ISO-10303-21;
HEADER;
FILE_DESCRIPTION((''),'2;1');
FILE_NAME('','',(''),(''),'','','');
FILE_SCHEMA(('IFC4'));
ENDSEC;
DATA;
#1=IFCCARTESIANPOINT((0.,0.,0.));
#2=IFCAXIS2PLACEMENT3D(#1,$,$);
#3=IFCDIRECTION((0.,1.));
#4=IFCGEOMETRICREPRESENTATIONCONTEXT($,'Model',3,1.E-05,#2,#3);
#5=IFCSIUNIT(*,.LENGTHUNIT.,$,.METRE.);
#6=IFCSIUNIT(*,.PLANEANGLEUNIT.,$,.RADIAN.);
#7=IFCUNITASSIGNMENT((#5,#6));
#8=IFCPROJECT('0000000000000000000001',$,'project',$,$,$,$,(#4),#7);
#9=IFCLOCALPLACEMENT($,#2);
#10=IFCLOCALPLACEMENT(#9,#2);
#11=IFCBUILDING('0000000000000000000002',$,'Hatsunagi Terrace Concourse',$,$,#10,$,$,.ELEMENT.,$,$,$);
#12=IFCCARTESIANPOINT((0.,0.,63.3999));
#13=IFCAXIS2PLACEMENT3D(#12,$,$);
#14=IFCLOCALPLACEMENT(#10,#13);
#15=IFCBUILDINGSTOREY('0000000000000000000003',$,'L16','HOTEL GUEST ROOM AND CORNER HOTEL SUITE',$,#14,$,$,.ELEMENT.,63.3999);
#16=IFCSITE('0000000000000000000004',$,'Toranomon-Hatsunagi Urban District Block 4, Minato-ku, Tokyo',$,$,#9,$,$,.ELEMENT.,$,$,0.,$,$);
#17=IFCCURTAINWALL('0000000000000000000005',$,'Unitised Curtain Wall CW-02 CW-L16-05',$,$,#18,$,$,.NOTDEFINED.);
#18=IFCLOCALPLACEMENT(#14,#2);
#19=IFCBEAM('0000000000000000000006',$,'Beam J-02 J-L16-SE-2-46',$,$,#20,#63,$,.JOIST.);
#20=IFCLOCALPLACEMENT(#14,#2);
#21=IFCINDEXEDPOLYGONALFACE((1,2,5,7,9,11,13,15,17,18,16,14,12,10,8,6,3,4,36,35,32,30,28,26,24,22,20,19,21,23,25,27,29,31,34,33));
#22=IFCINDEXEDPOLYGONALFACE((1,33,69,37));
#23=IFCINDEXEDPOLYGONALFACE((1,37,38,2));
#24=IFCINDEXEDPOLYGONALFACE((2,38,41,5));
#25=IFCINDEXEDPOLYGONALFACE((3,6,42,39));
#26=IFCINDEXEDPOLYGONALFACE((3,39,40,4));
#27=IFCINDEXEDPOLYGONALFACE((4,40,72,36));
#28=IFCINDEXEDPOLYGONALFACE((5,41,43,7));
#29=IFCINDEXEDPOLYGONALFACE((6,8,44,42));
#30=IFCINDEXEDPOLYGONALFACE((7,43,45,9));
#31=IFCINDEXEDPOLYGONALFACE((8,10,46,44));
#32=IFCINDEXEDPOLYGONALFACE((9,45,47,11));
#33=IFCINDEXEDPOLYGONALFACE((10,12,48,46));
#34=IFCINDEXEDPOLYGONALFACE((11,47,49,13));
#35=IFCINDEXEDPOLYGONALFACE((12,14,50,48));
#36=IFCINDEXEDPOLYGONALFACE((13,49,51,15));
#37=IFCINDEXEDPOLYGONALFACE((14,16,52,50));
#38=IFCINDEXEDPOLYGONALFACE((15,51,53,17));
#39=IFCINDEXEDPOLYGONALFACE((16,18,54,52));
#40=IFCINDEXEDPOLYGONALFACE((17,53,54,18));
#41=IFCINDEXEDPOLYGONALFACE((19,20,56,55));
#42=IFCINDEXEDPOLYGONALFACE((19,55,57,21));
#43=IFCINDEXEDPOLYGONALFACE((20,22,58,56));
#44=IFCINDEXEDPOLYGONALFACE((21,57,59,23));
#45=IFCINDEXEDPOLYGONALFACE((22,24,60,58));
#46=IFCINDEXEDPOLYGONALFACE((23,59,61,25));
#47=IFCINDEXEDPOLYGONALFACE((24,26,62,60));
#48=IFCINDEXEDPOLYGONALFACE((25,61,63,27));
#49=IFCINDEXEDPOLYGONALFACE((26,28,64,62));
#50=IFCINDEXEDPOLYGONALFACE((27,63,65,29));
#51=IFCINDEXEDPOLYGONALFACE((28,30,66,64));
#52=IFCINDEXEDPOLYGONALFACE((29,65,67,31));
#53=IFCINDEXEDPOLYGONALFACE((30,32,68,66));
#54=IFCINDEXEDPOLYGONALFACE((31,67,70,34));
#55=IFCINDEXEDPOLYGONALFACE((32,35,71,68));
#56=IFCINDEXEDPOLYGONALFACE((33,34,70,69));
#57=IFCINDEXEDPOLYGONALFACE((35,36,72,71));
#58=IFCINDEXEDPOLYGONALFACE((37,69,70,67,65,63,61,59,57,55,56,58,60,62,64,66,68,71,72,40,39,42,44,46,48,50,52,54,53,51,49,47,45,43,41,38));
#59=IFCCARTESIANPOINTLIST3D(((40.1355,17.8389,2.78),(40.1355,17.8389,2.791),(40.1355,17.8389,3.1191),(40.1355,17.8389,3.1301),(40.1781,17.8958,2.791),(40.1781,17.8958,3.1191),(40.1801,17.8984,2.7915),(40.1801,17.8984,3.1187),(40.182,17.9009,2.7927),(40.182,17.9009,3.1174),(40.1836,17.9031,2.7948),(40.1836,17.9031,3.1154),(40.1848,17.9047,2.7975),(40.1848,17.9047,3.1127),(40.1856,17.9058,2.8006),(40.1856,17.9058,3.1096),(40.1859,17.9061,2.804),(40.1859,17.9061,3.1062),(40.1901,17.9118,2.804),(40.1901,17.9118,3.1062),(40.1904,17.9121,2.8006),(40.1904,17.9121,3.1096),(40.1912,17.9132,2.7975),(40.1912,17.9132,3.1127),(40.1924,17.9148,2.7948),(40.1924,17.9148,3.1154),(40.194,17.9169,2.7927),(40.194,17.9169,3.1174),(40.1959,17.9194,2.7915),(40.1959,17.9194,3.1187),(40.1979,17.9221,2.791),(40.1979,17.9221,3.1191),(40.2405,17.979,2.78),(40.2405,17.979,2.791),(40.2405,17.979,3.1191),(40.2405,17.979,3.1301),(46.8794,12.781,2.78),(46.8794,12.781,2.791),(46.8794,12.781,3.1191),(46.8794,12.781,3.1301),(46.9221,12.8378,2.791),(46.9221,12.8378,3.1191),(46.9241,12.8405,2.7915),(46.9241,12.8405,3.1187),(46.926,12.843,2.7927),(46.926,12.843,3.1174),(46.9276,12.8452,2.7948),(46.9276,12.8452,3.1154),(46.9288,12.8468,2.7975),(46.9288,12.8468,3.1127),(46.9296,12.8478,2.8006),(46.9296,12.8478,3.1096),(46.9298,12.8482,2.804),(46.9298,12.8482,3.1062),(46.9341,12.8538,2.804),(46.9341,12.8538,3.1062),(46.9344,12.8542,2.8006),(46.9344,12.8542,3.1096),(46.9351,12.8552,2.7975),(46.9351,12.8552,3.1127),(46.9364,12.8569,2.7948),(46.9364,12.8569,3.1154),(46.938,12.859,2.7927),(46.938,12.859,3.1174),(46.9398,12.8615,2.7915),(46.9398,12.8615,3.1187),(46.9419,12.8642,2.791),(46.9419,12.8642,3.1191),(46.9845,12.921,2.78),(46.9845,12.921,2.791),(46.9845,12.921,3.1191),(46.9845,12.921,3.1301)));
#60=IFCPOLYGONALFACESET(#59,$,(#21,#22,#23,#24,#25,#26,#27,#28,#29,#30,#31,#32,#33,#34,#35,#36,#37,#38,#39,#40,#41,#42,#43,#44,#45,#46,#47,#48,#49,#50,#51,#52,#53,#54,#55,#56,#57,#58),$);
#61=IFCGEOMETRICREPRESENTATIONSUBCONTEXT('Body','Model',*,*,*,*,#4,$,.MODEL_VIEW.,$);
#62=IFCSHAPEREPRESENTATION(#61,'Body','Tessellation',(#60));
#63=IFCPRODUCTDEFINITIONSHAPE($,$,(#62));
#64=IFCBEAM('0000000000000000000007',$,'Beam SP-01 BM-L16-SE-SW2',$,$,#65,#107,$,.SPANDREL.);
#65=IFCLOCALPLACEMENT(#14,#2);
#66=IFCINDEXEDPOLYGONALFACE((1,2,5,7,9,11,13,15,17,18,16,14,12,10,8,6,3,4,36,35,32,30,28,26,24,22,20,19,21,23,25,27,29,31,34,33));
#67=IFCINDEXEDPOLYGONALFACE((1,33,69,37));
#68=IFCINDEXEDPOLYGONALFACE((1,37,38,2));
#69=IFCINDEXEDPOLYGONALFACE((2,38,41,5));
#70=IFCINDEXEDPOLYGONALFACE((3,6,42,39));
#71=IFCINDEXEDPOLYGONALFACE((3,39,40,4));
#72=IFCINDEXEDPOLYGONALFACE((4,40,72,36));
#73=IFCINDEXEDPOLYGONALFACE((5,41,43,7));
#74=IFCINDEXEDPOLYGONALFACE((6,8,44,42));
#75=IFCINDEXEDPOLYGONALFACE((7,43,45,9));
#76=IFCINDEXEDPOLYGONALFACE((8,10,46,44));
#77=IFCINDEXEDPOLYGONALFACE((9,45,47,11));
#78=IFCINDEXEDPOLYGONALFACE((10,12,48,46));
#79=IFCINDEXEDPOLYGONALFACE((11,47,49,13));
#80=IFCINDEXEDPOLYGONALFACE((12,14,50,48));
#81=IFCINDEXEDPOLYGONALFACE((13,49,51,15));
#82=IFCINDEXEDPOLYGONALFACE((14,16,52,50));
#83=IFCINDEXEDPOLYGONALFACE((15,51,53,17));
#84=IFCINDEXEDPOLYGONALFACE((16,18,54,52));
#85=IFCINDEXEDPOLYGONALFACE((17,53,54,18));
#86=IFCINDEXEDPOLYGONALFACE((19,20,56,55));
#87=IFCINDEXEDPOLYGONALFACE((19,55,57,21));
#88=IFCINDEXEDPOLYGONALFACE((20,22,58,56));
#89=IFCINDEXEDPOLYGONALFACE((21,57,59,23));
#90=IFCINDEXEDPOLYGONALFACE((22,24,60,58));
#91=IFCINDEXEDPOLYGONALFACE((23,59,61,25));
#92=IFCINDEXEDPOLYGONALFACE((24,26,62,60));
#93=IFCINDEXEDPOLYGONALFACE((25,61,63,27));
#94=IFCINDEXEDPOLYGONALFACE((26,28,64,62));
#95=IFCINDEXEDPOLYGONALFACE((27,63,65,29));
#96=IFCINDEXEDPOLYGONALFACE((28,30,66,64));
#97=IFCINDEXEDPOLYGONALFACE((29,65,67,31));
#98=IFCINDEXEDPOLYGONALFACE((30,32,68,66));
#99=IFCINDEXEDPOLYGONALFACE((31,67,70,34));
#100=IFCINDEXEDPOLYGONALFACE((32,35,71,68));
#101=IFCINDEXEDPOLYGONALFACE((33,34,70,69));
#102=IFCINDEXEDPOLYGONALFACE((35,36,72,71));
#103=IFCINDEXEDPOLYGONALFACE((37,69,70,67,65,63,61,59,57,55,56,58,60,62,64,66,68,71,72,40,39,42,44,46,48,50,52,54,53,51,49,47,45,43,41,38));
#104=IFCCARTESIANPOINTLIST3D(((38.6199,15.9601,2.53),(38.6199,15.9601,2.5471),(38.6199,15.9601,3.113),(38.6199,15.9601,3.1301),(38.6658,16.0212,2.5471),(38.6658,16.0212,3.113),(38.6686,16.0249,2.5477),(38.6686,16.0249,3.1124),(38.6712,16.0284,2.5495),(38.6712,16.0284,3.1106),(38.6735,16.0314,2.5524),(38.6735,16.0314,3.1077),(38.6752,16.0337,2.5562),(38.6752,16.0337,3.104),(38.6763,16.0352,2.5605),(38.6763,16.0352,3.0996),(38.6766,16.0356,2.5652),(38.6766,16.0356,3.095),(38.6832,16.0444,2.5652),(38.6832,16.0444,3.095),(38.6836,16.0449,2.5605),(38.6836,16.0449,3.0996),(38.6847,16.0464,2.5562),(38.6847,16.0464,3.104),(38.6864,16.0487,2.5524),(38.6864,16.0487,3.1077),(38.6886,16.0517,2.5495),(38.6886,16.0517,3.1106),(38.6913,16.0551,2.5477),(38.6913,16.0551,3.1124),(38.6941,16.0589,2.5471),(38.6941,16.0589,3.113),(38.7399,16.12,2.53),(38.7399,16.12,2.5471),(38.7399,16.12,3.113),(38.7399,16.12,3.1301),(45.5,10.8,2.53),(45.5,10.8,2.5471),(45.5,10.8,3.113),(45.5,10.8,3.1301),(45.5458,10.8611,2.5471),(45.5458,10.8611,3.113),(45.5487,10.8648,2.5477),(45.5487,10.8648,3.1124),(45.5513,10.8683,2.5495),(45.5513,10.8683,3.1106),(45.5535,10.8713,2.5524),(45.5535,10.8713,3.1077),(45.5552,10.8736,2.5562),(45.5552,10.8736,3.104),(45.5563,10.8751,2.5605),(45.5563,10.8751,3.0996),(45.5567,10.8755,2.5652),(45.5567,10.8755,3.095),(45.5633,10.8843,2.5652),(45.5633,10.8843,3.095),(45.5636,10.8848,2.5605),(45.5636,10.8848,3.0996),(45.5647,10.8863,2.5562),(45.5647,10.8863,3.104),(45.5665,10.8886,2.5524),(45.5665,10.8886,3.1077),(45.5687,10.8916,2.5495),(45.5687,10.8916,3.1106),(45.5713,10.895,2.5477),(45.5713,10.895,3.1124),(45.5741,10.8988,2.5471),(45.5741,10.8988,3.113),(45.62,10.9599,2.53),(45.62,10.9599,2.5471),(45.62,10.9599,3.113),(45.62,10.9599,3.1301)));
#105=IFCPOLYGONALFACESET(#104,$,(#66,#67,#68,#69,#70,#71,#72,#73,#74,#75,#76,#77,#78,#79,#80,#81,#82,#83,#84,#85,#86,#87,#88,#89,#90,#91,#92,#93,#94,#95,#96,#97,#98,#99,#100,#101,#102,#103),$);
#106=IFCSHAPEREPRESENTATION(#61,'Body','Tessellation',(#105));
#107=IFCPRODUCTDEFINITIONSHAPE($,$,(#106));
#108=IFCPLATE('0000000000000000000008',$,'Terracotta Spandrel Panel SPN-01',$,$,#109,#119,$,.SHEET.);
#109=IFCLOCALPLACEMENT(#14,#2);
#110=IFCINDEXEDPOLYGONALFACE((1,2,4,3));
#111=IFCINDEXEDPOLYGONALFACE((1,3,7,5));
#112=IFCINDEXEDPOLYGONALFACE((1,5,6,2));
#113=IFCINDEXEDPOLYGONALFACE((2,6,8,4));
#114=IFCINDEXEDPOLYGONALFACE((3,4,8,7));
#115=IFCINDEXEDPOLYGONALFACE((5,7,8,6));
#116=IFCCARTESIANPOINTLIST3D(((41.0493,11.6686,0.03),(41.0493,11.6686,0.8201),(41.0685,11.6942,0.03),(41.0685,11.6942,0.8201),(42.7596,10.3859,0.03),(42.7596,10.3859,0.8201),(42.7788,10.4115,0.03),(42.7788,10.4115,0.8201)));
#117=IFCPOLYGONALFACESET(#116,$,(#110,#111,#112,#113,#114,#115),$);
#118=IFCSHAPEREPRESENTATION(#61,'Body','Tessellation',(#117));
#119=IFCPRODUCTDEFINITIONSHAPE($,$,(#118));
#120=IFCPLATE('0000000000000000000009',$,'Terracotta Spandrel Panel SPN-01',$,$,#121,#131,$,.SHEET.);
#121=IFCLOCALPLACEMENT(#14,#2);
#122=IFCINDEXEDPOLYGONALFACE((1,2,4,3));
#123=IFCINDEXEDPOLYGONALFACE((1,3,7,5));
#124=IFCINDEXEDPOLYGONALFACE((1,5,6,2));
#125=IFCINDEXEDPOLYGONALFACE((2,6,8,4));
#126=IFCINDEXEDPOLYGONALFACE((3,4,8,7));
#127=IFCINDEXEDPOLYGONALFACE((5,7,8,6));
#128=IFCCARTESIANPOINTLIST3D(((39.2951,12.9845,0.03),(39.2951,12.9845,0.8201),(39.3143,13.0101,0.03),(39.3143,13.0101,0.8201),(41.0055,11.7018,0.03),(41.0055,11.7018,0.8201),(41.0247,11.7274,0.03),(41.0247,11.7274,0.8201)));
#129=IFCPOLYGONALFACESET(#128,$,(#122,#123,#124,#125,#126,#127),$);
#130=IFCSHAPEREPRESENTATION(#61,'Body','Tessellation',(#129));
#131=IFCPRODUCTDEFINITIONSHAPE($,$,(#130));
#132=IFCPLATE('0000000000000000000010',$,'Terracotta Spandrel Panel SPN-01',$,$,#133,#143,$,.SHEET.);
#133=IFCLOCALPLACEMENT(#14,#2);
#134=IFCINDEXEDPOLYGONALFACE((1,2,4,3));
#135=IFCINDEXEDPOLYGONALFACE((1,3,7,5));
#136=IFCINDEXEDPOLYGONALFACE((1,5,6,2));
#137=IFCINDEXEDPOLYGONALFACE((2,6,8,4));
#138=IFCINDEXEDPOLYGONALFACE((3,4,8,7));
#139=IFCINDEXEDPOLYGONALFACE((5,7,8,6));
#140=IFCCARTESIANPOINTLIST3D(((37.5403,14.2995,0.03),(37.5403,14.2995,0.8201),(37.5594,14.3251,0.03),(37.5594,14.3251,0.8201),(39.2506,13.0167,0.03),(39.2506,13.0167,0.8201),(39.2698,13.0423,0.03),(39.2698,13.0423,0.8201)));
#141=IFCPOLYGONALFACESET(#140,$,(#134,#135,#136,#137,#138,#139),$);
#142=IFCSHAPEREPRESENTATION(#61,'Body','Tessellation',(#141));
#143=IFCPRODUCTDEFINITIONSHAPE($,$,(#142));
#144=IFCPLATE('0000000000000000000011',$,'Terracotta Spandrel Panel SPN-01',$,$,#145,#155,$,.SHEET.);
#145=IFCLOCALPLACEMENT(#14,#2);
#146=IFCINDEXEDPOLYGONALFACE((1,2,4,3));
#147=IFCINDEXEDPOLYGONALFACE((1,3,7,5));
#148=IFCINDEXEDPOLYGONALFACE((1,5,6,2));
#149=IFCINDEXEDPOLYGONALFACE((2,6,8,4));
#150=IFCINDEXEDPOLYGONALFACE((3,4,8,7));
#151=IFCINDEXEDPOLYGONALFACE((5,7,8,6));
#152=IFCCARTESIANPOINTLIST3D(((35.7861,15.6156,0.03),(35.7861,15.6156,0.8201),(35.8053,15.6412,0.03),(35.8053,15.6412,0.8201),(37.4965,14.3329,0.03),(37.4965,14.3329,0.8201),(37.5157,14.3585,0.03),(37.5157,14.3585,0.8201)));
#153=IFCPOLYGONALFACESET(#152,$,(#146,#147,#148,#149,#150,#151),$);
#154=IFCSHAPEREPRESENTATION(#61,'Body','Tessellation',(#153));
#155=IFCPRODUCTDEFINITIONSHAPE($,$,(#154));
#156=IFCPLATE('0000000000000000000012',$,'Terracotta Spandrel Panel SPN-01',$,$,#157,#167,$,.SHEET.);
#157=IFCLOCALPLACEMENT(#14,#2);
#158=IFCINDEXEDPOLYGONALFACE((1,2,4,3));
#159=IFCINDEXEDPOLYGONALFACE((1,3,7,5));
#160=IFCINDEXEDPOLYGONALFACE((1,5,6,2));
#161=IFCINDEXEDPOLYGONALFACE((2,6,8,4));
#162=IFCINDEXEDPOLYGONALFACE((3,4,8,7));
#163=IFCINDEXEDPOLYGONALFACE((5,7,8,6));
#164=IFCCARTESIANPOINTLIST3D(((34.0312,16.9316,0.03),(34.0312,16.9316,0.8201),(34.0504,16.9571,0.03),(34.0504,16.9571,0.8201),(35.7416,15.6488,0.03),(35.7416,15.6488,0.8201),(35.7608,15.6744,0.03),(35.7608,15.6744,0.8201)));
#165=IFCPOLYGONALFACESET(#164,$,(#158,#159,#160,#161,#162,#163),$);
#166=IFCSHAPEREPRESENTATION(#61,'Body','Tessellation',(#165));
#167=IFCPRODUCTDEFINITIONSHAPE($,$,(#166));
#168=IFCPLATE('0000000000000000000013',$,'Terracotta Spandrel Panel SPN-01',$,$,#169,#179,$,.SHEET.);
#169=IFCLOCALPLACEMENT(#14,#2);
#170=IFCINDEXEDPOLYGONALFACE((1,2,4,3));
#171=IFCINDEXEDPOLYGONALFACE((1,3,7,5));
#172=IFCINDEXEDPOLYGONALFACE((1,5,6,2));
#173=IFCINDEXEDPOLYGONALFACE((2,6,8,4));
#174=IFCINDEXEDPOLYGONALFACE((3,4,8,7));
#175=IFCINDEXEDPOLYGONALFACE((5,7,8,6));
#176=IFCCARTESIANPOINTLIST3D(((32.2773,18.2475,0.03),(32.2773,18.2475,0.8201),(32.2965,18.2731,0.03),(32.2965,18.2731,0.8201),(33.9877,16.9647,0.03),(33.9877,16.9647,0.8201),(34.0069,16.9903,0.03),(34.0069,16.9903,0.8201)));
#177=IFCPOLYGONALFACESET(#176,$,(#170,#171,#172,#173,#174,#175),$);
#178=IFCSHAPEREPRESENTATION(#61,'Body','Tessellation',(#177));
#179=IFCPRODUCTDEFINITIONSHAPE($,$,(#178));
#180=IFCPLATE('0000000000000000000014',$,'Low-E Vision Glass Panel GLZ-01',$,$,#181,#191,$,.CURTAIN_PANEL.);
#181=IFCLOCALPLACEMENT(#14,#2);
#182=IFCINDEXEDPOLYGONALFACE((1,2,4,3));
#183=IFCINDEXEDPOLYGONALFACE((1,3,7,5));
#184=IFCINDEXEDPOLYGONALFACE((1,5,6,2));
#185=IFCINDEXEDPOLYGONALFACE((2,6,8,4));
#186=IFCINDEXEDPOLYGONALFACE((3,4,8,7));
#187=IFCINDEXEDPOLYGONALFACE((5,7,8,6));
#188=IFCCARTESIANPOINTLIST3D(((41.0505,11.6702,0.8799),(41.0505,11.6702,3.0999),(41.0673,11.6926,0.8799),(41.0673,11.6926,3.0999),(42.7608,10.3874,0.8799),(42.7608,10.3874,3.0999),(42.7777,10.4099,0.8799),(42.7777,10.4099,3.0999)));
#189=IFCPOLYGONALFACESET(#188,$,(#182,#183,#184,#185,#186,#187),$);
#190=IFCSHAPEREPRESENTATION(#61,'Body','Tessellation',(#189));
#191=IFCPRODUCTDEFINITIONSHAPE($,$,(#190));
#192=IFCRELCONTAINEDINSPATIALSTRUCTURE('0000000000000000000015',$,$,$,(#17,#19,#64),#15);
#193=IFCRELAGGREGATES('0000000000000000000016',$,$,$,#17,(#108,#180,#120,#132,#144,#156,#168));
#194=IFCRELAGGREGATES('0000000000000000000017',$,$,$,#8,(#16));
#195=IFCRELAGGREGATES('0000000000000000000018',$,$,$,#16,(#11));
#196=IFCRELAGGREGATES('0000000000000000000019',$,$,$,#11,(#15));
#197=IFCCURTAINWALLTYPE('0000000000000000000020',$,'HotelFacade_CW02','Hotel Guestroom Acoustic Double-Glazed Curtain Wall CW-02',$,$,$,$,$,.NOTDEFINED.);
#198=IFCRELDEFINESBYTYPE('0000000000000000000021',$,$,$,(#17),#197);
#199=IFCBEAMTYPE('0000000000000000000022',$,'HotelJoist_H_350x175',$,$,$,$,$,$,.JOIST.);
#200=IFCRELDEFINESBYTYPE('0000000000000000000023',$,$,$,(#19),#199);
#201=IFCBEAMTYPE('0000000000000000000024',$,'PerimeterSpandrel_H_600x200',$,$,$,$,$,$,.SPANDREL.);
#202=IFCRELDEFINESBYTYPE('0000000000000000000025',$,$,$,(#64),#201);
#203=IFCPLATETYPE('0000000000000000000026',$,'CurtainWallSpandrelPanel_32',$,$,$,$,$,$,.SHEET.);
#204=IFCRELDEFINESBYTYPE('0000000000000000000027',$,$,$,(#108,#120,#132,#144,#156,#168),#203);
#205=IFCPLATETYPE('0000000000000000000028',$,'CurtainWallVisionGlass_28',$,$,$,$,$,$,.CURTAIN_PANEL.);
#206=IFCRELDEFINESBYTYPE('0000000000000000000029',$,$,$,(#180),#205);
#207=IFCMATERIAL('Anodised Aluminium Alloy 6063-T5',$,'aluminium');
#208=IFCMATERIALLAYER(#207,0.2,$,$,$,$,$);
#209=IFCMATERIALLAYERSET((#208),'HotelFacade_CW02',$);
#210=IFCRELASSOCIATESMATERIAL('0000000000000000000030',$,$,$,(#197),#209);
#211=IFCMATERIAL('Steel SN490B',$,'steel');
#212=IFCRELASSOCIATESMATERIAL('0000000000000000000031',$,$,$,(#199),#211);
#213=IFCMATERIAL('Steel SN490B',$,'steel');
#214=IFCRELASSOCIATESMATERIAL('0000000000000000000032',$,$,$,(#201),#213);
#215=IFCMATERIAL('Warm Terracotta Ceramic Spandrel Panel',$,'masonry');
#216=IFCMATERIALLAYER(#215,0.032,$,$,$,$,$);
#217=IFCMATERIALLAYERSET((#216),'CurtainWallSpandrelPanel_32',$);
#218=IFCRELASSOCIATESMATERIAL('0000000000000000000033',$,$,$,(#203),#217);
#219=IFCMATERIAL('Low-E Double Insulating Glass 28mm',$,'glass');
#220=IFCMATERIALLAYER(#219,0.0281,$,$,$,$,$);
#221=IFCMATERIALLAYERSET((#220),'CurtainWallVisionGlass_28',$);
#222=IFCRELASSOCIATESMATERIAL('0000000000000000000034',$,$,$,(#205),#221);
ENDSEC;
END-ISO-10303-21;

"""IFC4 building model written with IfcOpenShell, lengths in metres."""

from ifc_helpers import new_model, si_unit, direction, frame, origin, origin_2d, place, context, subcontext, project, spatial, rectangle, i_section, extrude, material, layer, layer_set, material_profile, profile_set, type_object, element, aggregate, save


model = new_model("IFC4")

# Units and contexts
model_context = context("Model", 3, precision=1e-05, world=origin(), true_north=direction((0.0, 1.0)))
body_context = subcontext(model_context, "Body", "Model", "MODEL_VIEW")
ifc_project = project(units=[si_unit("LENGTHUNIT", "METRE"), si_unit("PLANEANGLEUNIT", "RADIAN")], contexts=[model_context])

# Site, building, storey
site_placement = place(None, origin())
site = spatial("IfcSite", under=ifc_project, at=site_placement, Name="Toranomon-Hatsunagi Urban District Block 4, Minato-ku, Tokyo", CompositionType="ELEMENT", RefElevation=0.0)
building_placement = place(site_placement, origin())
building = spatial("IfcBuilding", under=site, at=building_placement, Name="Hatsunagi Terrace Concourse", CompositionType="ELEMENT")
storey_placement = place(building_placement, frame((0.0, 0.0, 63.3999)))
storey = spatial("IfcBuildingStorey", under=building, at=storey_placement, Name="L16", Description="HOTEL GUEST ROOM AND CORNER HOTEL SUITE", CompositionType="ELEMENT", Elevation=63.3999)

# Curtain wall
ifc_material_1 = material(Name="Anodised Aluminium Alloy 6063-T5", Category="aluminium")
ifc_layer_1 = layer(ifc_material_1, 0.2)
ifc_layer_set_1 = layer_set([ifc_layer_1], Name="HotelFacade_CW02")
curtain_wall_type = type_object("IfcCurtainWallType", Name="HotelFacade_CW02", Description="Hotel Guestroom Acoustic Double-Glazed Curtain Wall CW-02", PredefinedType="NOTDEFINED", material=ifc_layer_set_1)
curtain_wall_placement = place(storey_placement, origin())
curtain_wall = element("IfcCurtainWall", 1, at=curtain_wall_placement, inside=storey, type_object=curtain_wall_type, Name="Unitised Curtain Wall CW-02 CW-L16-05", PredefinedType="NOTDEFINED")

# Beams
ifc_material_2 = material(Name="Steel SN490B", Category="steel")
ifc_material_profile_1 = material_profile(ifc_material_2, i_section(OverallWidth=0.175, OverallDepth=0.3501, WebThickness=0.0071, FlangeThickness=0.011, FilletRadius=0.0129, at=origin_2d()), Name="H-350x175x7x11")
ifc_profile_set_1 = profile_set([ifc_material_profile_1], Name="Steel SN490B")
beam_type_1 = type_object("IfcBeamType", Name="HotelJoist_H_350x175", PredefinedType="JOIST", material=ifc_profile_set_1)
beam_1_placement = place(storey_placement, frame((40.188, 17.9089, 2.9551), z_axis=(0.800003, -0.599995, 0.0), x_axis=(0.599995, 0.800003, 0.0)))
element("IfcBeam", 2, at=beam_1_placement, inside=storey, type_object=beam_type_1, Name="Beam J-02 J-L16-SE-2-46", PredefinedType="JOIST", context=body_context, shape_type="SweptSolid", body=[
    extrude(i_section(OverallWidth=0.175, OverallDepth=0.3501, WebThickness=0.0071, FlangeThickness=0.011, FilletRadius=0.0129, at=origin_2d()), origin(), (0.0, 0.0, 1.0), 8.4299),
])
ifc_material_3 = material(Name="Steel SN490B", Category="steel")
ifc_material_profile_2 = material_profile(ifc_material_3, i_section(OverallWidth=0.2, OverallDepth=0.6001, WebThickness=0.011, FlangeThickness=0.0171, FilletRadius=0.0181, at=origin_2d()), Name="H-600x200x11x17")
ifc_profile_set_2 = profile_set([ifc_material_profile_2], Name="Steel SN490B")
beam_type_2 = type_object("IfcBeamType", Name="PerimeterSpandrel_H_600x200", PredefinedType="SPANDREL", material=ifc_profile_set_2)
beam_2_placement = place(storey_placement, frame((38.6799, 16.04, 2.8301), z_axis=(0.799997, -0.600005, 0.0), x_axis=(0.600005, 0.799997, 0.0)))
element("IfcBeam", 3, at=beam_2_placement, inside=storey, type_object=beam_type_2, Name="Beam SP-01 BM-L16-SE-SW2", PredefinedType="SPANDREL", context=body_context, shape_type="SweptSolid", body=[
    extrude(i_section(OverallWidth=0.2, OverallDepth=0.6001, WebThickness=0.011, FlangeThickness=0.0171, FilletRadius=0.0181, at=origin_2d()), origin(), (0.0, 0.0, 1.0), 8.6001),
])

# Plates
ifc_material_4 = material(Name="Warm Terracotta Ceramic Spandrel Panel", Category="masonry")
ifc_layer_2 = layer(ifc_material_4, 0.032)
ifc_layer_set_2 = layer_set([ifc_layer_2], Name="CurtainWallSpandrelPanel_32")
plate_type_1 = type_object("IfcPlateType", Name="CurtainWallSpandrelPanel_32", PredefinedType="SHEET", material=ifc_layer_set_2)
plate_1_placement = place(storey_placement, frame((41.9141, 11.04, 0.03), z_axis=(0.0, 0.0, 1.0), x_axis=(-0.800003, 0.599996, 0.0)))
plate_1 = element("IfcPlate", 4, at=plate_1_placement, type_object=plate_type_1, Name="Terracotta Spandrel Panel SPN-01", PredefinedType="SHEET", context=body_context, shape_type="SweptSolid", body=[
    extrude(rectangle(XDim=2.1379, YDim=0.032, at=origin_2d()), origin(), (0.0, 0.0, 1.0), 0.79),
])
plate_2_placement = place(storey_placement, frame((40.1599, 12.356, 0.03), z_axis=(0.0, 0.0, 1.0), x_axis=(-0.800003, 0.599996, 0.0)))
plate_2 = element("IfcPlate", 5, at=plate_2_placement, type_object=plate_type_1, Name="Terracotta Spandrel Panel SPN-01", PredefinedType="SHEET", context=body_context, shape_type="SweptSolid", body=[
    extrude(rectangle(XDim=2.1379, YDim=0.032, at=origin_2d()), origin(), (0.0, 0.0, 1.0), 0.79),
])
plate_3_placement = place(storey_placement, frame((38.405, 13.6709, 0.03), z_axis=(0.0, 0.0, 1.0), x_axis=(-0.800003, 0.599996, 0.0)))
plate_3 = element("IfcPlate", 6, at=plate_3_placement, type_object=plate_type_1, Name="Terracotta Spandrel Panel SPN-01", PredefinedType="SHEET", context=body_context, shape_type="SweptSolid", body=[
    extrude(rectangle(XDim=2.1379, YDim=0.032, at=origin_2d()), origin(), (0.0, 0.0, 1.0), 0.79),
])
plate_4_placement = place(storey_placement, frame((36.6509, 14.9871, 0.03), z_axis=(0.0, 0.0, 1.0), x_axis=(-0.800003, 0.599996, 0.0)))
plate_4 = element("IfcPlate", 7, at=plate_4_placement, type_object=plate_type_1, Name="Terracotta Spandrel Panel SPN-01", PredefinedType="SHEET", context=body_context, shape_type="SweptSolid", body=[
    extrude(rectangle(XDim=2.1379, YDim=0.032, at=origin_2d()), origin(), (0.0, 0.0, 1.0), 0.79),
])
plate_5_placement = place(storey_placement, frame((34.896, 16.303, 0.03), z_axis=(0.0, 0.0, 1.0), x_axis=(-0.800003, 0.599996, 0.0)))
plate_5 = element("IfcPlate", 8, at=plate_5_placement, type_object=plate_type_1, Name="Terracotta Spandrel Panel SPN-01", PredefinedType="SHEET", context=body_context, shape_type="SweptSolid", body=[
    extrude(rectangle(XDim=2.1379, YDim=0.032, at=origin_2d()), origin(), (0.0, 0.0, 1.0), 0.79),
])
plate_6_placement = place(storey_placement, frame((33.1421, 17.6189, 0.03), z_axis=(0.0, 0.0, 1.0), x_axis=(-0.800003, 0.599996, 0.0)))
plate_6 = element("IfcPlate", 9, at=plate_6_placement, type_object=plate_type_1, Name="Terracotta Spandrel Panel SPN-01", PredefinedType="SHEET", context=body_context, shape_type="SweptSolid", body=[
    extrude(rectangle(XDim=2.1379, YDim=0.032, at=origin_2d()), origin(), (0.0, 0.0, 1.0), 0.79),
])
ifc_material_5 = material(Name="Low-E Double Insulating Glass 28mm", Category="glass")
ifc_layer_3 = layer(ifc_material_5, 0.0281)
ifc_layer_set_3 = layer_set([ifc_layer_3], Name="CurtainWallVisionGlass_28")
plate_type_2 = type_object("IfcPlateType", Name="CurtainWallVisionGlass_28", PredefinedType="CURTAIN_PANEL", material=ifc_layer_set_3)
plate_7_placement = place(storey_placement, frame((41.9141, 11.04, 0.8799), z_axis=(0.0, 0.0, 1.0), x_axis=(-0.800003, 0.599996, 0.0)))
plate_7 = element("IfcPlate", 10, at=plate_7_placement, type_object=plate_type_2, Name="Low-E Vision Glass Panel GLZ-01", PredefinedType="CURTAIN_PANEL", context=body_context, shape_type="SweptSolid", body=[
    extrude(rectangle(XDim=2.1379, YDim=0.0281, at=origin_2d()), origin(), (0.0, 0.0, 1.0), 2.22),
])
aggregate(curtain_wall, [plate_1, plate_7, plate_2, plate_3, plate_4, plate_5, plate_6])

save(model, "model.ifc")
